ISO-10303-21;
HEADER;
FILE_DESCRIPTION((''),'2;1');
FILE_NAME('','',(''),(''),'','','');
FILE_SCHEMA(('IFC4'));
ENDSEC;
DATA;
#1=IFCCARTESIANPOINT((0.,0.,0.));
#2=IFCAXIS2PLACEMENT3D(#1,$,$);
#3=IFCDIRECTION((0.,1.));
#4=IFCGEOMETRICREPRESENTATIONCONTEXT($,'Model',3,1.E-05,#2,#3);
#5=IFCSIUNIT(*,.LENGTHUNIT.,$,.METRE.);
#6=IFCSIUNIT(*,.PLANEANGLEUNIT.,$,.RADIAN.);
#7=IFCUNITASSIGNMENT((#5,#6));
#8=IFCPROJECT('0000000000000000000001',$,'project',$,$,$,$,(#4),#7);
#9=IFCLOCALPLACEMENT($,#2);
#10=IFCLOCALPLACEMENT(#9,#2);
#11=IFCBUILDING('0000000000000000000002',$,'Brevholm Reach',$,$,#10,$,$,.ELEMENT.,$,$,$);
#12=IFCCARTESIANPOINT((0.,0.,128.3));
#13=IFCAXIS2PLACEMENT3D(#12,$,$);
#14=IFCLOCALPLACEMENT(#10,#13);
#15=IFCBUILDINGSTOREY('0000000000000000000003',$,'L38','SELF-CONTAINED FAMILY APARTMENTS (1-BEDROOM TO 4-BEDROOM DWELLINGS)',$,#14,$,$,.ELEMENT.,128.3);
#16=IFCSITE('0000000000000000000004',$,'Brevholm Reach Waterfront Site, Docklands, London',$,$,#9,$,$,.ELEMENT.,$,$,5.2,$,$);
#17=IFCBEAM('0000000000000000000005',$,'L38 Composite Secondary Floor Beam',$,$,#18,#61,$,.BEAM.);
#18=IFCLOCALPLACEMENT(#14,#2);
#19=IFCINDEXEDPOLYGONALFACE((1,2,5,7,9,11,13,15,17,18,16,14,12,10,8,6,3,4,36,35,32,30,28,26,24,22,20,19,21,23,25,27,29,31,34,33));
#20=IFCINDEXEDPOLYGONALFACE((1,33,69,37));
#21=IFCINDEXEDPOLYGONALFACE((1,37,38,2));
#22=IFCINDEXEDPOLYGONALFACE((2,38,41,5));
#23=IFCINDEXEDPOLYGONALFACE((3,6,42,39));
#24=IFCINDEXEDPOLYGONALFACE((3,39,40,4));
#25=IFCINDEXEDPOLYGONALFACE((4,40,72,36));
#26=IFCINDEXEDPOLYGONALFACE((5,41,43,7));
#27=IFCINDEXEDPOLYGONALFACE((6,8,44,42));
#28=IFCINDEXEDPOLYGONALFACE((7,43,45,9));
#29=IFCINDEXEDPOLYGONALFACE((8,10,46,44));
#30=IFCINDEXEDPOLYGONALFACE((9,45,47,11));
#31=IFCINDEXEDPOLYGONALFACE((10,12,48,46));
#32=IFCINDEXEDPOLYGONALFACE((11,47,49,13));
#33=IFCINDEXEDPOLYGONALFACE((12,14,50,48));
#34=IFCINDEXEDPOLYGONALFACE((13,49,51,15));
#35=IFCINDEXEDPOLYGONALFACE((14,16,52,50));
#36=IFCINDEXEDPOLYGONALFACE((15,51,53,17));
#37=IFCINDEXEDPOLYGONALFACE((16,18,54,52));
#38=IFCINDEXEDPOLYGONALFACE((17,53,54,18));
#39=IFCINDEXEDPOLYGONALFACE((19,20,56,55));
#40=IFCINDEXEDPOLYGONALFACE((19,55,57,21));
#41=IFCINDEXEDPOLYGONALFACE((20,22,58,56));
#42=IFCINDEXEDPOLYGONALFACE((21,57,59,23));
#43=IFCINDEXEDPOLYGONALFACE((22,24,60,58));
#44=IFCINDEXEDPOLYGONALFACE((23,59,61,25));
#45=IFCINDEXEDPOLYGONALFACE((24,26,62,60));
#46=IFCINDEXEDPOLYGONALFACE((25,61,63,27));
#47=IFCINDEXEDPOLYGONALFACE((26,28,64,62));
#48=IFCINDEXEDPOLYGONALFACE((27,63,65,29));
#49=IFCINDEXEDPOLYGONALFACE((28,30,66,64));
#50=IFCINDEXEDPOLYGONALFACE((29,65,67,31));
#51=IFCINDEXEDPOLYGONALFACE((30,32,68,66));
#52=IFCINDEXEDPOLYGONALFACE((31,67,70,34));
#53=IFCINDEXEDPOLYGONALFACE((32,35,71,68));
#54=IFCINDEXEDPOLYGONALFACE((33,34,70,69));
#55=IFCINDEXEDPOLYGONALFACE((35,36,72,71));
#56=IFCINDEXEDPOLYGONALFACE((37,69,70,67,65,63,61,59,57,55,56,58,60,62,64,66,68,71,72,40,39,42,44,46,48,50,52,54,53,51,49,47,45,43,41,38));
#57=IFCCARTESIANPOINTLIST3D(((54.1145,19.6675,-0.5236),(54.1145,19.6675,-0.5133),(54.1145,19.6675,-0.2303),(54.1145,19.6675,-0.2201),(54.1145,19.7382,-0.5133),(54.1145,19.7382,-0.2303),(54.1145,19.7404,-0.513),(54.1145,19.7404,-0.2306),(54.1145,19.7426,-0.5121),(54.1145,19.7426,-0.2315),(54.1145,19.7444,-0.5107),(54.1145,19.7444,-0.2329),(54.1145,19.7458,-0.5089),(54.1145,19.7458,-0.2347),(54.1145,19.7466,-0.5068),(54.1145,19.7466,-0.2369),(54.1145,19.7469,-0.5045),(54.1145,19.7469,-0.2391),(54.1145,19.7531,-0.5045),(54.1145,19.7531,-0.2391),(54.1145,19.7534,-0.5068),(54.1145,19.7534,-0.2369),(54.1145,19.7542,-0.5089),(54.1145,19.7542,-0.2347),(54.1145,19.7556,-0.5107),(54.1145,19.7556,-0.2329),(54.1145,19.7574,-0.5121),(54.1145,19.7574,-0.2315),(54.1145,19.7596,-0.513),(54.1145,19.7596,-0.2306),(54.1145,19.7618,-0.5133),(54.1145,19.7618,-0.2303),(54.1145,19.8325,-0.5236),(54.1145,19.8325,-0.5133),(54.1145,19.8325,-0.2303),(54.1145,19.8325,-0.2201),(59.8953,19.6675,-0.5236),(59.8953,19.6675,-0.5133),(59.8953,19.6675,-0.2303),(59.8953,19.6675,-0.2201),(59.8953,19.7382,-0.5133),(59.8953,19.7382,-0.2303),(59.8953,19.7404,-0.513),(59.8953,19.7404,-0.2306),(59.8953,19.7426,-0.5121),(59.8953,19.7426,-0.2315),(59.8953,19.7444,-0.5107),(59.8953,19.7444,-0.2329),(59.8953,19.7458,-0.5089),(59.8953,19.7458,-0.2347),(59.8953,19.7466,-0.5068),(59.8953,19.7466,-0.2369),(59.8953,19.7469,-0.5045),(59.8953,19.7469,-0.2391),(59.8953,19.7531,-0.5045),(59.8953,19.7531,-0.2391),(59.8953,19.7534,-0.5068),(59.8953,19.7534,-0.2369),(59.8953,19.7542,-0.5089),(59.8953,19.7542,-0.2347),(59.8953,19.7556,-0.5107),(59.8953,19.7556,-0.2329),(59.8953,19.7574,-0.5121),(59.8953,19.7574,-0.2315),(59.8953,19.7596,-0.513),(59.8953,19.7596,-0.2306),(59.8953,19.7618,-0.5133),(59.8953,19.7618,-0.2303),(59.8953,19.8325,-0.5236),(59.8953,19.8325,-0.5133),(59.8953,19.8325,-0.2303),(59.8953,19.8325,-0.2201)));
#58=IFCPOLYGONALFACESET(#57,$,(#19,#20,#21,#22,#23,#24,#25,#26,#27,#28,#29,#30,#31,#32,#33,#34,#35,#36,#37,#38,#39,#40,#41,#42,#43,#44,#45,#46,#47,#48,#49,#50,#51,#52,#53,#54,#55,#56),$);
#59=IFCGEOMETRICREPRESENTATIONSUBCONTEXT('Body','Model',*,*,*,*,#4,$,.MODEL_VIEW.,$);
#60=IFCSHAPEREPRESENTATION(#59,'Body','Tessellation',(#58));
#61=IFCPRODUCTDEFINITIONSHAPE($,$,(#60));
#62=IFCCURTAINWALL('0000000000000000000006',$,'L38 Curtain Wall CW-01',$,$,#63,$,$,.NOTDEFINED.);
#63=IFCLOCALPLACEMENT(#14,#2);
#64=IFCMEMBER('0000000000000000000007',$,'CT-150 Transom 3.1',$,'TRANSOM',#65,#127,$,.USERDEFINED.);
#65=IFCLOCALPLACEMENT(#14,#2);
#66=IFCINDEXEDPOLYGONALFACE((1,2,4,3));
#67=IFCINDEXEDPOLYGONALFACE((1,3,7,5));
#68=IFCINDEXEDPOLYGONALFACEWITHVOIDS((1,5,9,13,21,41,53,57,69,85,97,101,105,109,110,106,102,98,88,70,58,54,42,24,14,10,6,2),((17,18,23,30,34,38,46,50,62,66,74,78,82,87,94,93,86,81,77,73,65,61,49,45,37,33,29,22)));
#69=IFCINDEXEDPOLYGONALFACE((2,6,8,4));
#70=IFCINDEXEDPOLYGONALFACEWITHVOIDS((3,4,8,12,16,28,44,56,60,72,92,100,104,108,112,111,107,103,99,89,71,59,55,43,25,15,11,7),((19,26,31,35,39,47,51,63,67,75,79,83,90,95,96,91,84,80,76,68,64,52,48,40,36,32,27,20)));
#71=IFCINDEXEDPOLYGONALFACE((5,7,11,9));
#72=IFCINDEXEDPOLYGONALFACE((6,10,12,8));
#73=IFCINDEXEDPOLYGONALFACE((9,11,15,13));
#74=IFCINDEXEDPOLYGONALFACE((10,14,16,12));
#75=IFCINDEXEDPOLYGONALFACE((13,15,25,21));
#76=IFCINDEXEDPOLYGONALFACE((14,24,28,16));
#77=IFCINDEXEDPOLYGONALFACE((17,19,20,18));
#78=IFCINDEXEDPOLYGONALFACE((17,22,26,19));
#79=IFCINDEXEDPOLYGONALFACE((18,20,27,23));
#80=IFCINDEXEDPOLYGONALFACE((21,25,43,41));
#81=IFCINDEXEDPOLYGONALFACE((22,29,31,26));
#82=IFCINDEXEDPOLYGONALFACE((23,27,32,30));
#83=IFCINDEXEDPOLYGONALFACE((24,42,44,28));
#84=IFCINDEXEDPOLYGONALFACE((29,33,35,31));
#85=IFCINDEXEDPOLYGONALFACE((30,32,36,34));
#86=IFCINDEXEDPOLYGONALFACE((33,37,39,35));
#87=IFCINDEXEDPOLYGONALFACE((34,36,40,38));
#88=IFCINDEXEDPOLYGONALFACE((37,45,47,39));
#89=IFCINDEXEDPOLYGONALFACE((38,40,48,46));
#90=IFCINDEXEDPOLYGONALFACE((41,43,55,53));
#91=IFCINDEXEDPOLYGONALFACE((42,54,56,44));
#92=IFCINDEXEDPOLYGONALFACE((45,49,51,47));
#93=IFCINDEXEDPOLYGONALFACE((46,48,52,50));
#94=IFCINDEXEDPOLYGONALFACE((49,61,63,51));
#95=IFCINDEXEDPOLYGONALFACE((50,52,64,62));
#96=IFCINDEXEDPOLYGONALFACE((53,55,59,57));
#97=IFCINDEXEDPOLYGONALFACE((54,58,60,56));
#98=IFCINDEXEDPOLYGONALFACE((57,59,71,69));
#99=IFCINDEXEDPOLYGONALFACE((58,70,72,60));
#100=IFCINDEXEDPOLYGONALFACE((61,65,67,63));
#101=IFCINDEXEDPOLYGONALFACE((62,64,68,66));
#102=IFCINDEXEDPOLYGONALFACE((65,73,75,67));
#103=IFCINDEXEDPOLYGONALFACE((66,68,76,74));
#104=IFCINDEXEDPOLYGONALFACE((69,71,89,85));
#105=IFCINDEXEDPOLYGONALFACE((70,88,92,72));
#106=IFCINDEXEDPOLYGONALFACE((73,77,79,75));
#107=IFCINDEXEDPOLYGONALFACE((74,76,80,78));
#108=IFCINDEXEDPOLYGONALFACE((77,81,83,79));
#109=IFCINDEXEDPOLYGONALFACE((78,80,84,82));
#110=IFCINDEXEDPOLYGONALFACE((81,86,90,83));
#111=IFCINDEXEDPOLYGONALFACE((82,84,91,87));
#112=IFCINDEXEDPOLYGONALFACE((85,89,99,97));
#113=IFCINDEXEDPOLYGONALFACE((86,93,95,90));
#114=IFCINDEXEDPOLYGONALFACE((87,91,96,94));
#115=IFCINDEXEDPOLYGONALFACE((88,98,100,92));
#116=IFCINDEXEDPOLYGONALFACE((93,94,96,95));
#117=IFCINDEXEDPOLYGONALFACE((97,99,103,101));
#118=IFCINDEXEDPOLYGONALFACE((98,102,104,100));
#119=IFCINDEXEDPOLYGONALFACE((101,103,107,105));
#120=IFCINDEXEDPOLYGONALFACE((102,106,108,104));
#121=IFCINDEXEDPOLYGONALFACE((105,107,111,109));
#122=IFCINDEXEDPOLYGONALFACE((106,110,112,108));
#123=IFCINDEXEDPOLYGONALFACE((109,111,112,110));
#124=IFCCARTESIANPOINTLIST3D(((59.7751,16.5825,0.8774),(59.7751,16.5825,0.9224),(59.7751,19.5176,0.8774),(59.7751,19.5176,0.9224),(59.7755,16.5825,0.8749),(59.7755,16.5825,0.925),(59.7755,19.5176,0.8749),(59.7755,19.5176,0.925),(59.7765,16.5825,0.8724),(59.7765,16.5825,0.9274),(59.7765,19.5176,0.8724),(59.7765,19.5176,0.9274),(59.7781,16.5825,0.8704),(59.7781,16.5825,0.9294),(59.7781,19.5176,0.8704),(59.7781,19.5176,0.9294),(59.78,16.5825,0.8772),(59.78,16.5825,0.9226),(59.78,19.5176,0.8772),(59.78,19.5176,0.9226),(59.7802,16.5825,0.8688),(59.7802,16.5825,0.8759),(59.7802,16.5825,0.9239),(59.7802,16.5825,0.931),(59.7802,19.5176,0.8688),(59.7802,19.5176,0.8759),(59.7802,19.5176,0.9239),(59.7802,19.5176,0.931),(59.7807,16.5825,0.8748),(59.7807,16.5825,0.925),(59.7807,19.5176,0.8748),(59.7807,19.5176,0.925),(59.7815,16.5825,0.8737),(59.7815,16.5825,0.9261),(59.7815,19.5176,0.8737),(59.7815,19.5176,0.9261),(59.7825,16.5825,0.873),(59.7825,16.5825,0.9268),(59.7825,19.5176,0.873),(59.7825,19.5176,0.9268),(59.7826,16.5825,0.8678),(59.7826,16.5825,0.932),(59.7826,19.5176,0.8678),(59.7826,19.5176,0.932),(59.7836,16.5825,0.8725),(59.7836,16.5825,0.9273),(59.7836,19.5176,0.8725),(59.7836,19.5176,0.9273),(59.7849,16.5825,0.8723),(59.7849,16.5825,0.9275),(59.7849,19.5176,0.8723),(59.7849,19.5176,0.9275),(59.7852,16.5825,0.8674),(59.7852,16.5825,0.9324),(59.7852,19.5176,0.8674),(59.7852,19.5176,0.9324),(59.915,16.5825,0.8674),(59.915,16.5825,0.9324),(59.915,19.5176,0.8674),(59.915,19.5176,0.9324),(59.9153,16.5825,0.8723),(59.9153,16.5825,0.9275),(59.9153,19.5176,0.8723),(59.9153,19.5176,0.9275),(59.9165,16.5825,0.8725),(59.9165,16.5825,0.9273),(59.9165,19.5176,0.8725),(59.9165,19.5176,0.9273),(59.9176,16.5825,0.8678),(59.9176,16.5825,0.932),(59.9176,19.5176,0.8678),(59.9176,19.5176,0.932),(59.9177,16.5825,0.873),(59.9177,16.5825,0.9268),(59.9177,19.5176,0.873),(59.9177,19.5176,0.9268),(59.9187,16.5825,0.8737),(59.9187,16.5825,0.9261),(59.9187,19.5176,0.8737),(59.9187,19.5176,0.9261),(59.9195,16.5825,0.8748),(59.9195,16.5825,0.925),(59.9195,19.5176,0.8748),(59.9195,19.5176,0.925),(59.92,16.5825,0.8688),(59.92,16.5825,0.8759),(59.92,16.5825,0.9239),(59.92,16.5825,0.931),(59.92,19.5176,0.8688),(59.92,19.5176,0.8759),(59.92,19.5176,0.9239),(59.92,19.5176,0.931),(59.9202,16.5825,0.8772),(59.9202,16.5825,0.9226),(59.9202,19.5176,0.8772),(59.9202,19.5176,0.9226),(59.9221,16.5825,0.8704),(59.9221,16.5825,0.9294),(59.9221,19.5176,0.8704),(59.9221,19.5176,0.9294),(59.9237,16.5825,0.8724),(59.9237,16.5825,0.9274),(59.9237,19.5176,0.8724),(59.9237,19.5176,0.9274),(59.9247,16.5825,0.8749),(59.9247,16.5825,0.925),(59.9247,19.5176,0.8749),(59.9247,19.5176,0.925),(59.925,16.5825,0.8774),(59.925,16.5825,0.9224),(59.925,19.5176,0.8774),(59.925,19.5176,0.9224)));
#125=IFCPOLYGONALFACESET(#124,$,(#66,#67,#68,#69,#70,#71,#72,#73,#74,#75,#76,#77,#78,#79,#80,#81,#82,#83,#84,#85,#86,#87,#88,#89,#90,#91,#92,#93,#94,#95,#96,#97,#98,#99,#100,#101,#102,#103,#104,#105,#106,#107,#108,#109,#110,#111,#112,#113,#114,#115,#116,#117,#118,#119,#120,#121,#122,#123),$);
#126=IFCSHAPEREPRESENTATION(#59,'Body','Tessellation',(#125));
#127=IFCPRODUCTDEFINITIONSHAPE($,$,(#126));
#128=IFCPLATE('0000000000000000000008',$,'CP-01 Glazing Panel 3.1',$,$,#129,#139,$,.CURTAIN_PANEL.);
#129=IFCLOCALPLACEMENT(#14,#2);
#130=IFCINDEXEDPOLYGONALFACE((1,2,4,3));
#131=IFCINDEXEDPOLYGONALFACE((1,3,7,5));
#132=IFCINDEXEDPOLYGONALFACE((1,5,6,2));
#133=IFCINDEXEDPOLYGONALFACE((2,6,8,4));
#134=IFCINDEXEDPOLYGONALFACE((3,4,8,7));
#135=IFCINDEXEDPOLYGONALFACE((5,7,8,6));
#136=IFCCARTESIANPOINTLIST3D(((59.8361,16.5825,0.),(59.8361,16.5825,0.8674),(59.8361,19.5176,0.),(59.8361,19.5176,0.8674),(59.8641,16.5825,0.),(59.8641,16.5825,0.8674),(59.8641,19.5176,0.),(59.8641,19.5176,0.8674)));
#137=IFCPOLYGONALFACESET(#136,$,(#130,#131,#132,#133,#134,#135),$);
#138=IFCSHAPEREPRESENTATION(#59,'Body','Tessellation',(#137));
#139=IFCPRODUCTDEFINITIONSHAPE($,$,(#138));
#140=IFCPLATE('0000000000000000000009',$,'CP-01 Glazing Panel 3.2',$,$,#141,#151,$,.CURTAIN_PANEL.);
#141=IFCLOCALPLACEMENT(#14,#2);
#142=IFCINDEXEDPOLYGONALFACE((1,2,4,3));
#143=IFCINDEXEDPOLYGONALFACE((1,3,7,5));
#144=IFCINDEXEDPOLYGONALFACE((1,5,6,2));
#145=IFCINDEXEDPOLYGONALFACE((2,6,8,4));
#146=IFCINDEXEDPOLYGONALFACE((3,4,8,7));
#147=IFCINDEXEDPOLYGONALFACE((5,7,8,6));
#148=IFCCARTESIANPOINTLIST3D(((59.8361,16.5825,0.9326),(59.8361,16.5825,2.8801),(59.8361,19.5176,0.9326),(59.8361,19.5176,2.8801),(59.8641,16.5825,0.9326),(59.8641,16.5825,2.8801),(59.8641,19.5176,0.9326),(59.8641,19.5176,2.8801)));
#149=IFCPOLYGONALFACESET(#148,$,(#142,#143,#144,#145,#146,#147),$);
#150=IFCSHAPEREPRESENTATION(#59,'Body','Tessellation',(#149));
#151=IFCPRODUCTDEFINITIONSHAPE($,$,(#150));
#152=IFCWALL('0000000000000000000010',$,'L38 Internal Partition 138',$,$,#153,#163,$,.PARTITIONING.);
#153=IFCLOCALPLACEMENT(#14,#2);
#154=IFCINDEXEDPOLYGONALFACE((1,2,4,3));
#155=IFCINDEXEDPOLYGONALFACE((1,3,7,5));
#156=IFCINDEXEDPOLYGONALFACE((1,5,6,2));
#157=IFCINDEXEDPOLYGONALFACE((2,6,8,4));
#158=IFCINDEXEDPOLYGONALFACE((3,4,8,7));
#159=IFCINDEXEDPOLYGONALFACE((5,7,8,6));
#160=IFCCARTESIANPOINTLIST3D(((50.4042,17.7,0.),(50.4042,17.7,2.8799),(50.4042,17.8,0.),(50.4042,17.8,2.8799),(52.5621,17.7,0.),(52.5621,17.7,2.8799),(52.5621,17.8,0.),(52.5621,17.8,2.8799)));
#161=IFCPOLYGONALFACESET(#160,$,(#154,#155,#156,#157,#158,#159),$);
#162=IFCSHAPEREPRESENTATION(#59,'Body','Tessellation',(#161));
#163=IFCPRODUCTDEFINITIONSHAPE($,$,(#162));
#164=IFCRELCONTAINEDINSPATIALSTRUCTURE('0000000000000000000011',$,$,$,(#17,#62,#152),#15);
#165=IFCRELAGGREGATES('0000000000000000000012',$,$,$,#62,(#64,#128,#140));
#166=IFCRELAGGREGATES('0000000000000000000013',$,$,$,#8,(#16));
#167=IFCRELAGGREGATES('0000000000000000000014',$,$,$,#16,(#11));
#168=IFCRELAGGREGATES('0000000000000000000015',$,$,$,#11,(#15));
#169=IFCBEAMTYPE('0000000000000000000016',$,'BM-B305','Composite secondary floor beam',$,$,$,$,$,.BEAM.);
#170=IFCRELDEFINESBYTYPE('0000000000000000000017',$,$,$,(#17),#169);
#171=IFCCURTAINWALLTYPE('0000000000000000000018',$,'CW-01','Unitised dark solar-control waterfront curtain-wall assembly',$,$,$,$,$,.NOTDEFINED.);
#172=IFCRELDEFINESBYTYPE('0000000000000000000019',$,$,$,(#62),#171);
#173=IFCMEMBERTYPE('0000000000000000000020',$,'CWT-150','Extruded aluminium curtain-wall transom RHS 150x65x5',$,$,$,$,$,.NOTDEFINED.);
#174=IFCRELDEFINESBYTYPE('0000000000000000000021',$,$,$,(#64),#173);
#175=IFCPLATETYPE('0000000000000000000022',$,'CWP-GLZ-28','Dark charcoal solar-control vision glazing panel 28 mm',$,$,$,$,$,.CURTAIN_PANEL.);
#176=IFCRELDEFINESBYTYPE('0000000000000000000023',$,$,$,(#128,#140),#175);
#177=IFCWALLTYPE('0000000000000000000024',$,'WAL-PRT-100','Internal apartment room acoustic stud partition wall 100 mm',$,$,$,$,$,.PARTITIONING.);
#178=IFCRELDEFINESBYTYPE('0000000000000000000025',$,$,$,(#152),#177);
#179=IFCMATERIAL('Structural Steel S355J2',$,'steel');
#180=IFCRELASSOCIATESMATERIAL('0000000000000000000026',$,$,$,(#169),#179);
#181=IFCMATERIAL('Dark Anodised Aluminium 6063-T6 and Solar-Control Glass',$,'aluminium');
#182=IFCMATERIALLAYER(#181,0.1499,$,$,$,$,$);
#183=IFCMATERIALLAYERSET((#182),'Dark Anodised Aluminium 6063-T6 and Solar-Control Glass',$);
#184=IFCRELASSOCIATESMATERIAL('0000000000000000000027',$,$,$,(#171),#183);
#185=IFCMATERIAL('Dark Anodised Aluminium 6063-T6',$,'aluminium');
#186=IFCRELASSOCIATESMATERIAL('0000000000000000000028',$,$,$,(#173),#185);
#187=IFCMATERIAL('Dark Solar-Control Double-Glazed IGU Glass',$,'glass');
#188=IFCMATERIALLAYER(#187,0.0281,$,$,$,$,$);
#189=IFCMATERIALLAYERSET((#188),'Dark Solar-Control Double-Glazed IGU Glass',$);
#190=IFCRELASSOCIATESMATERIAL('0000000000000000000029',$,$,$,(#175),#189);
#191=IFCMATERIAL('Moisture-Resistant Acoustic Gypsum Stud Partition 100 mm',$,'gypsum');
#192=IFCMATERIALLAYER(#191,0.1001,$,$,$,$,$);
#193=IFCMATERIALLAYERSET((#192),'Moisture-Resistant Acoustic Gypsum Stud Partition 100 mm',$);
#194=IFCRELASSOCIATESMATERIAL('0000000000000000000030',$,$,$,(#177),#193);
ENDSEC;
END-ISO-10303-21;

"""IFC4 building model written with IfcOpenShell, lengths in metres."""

from ifc_helpers import new_model, si_unit, direction, frame, frame_2d, origin, origin_2d, place, context, subcontext, project, spatial, rectangle, hollow_rectangle, i_section, extrude, material, layer, layer_set, material_profile, profile_set, type_object, element, aggregate, save


model = new_model("IFC4")

# Units and contexts
model_context = context("Model", 3, precision=1e-05, world=origin(), true_north=direction((0.0, 1.0)))
body_context = subcontext(model_context, "Body", "Model", "MODEL_VIEW")
ifc_project = project(units=[si_unit("LENGTHUNIT", "METRE"), si_unit("PLANEANGLEUNIT", "RADIAN")], contexts=[model_context])

# Site, building, storey
site_placement = place(None, origin())
site = spatial("IfcSite", under=ifc_project, at=site_placement, Name="Brevholm Reach Waterfront Site, Docklands, London", CompositionType="ELEMENT", RefElevation=5.2)
building_placement = place(site_placement, origin())
building = spatial("IfcBuilding", under=site, at=building_placement, Name="Brevholm Reach", CompositionType="ELEMENT")
storey_placement = place(building_placement, frame((0.0, 0.0, 128.3)))
storey = spatial("IfcBuildingStorey", under=building, at=storey_placement, Name="L38", Description="SELF-CONTAINED FAMILY APARTMENTS (1-BEDROOM TO 4-BEDROOM DWELLINGS)", CompositionType="ELEMENT", Elevation=128.3)

# Beam
ifc_material_1 = material(Name="Structural Steel S355J2", Category="steel")
ifc_material_profile_1 = material_profile(ifc_material_1, i_section(OverallWidth=0.165, OverallDepth=0.3035, WebThickness=0.0061, FlangeThickness=0.0103, FilletRadius=0.0088, at=origin_2d()), Name="UKB 305x165x40")
ifc_profile_set_1 = profile_set([ifc_material_profile_1], Name="Structural Steel S355J2")
beam_type = type_object("IfcBeamType", Name="BM-B305", Description="Composite secondary floor beam", PredefinedType="BEAM", material=ifc_profile_set_1)
beam_placement = place(storey_placement, frame((54.1145, 19.75, -0.3718), z_axis=(1.0, 0.0, 0.0), x_axis=(0.0, 1.0, 0.0)))
element("IfcBeam", 1, at=beam_placement, inside=storey, type_object=beam_type, Name="L38 Composite Secondary Floor Beam", PredefinedType="BEAM", context=body_context, shape_type="SweptSolid", body=[
    extrude(i_section(OverallWidth=0.165, OverallDepth=0.3035, WebThickness=0.0061, FlangeThickness=0.0103, FilletRadius=0.0088, at=origin_2d()), origin(), (0.0, 0.0, 1.0), 5.7808),
])

# Curtain wall, member, plates
ifc_material_2 = material(Name="Dark Anodised Aluminium 6063-T6 and Solar-Control Glass", Category="aluminium")
ifc_layer_1 = layer(ifc_material_2, 0.1499)
ifc_layer_set_1 = layer_set([ifc_layer_1], Name="Dark Anodised Aluminium 6063-T6 and Solar-Control Glass")
curtain_wall_type = type_object("IfcCurtainWallType", Name="CW-01", Description="Unitised dark solar-control waterfront curtain-wall assembly", PredefinedType="NOTDEFINED", material=ifc_layer_set_1)
curtain_wall_placement = place(storey_placement, origin())
curtain_wall = element("IfcCurtainWall", 2, at=curtain_wall_placement, inside=storey, type_object=curtain_wall_type, Name="L38 Curtain Wall CW-01", PredefinedType="NOTDEFINED")
ifc_material_3 = material(Name="Dark Anodised Aluminium 6063-T6", Category="aluminium")
ifc_material_profile_2 = material_profile(ifc_material_3, hollow_rectangle(XDim=0.0649, YDim=0.1499, WallThickness=0.0049, InnerFilletRadius=0.0049, OuterFilletRadius=0.01, at=origin_2d()), Name="RHS 150x65x5")
ifc_profile_set_2 = profile_set([ifc_material_profile_2], Name="Dark Anodised Aluminium 6063-T6")
member_type = type_object("IfcMemberType", Name="CWT-150", Description="Extruded aluminium curtain-wall transom RHS 150x65x5", PredefinedType="NOTDEFINED", material=ifc_profile_set_2)
member_placement = place(storey_placement, frame((59.8501, 16.5825, 0.8999), z_axis=(0.0, 1.0, 0.0), x_axis=(0.0, 0.0, 1.0)))
member = element("IfcMember", 3, at=member_placement, type_object=member_type, Name="CT-150 Transom 3.1", ObjectType="TRANSOM", PredefinedType="USERDEFINED", context=body_context, shape_type="SweptSolid", body=[
    extrude(hollow_rectangle(XDim=0.0649, YDim=0.1499, WallThickness=0.0049, InnerFilletRadius=0.0049, OuterFilletRadius=0.01, at=origin_2d()), origin(), (0.0, 0.0, 1.0), 2.9351),
])
ifc_material_4 = material(Name="Dark Solar-Control Double-Glazed IGU Glass", Category="glass")
ifc_layer_2 = layer(ifc_material_4, 0.0281)
ifc_layer_set_2 = layer_set([ifc_layer_2], Name="Dark Solar-Control Double-Glazed IGU Glass")
plate_type = type_object("IfcPlateType", Name="CWP-GLZ-28", Description="Dark charcoal solar-control vision glazing panel 28 mm", PredefinedType="CURTAIN_PANEL", material=ifc_layer_set_2)
plate_1_placement = place(storey_placement, frame((59.8501, 18.05, 0.0), z_axis=(0.0, 0.0, 1.0), x_axis=(0.0, 1.0, 0.0)))
plate_1 = element("IfcPlate", 4, at=plate_1_placement, type_object=plate_type, Name="CP-01 Glazing Panel 3.1", PredefinedType="CURTAIN_PANEL", context=body_context, shape_type="SweptSolid", body=[
    extrude(rectangle(XDim=2.9351, YDim=0.0281, at=origin_2d()), origin(), (0.0, 0.0, 1.0), 0.8674),
])
plate_2_placement = place(storey_placement, frame((59.8501, 18.05, 0.9326), z_axis=(0.0, 0.0, 1.0), x_axis=(0.0, 1.0, 0.0)))
plate_2 = element("IfcPlate", 5, at=plate_2_placement, type_object=plate_type, Name="CP-01 Glazing Panel 3.2", PredefinedType="CURTAIN_PANEL", context=body_context, shape_type="SweptSolid", body=[
    extrude(rectangle(XDim=2.9351, YDim=0.0281, at=origin_2d()), origin(), (0.0, 0.0, 1.0), 1.9475),
])
aggregate(curtain_wall, [member, plate_1, plate_2])

# Wall
ifc_material_5 = material(Name="Moisture-Resistant Acoustic Gypsum Stud Partition 100 mm", Category="gypsum")
ifc_layer_3 = layer(ifc_material_5, 0.1001)
ifc_layer_set_3 = layer_set([ifc_layer_3], Name="Moisture-Resistant Acoustic Gypsum Stud Partition 100 mm")
wall_type_1 = type_object("IfcWallType", Name="WAL-PRT-100", Description="Internal apartment room acoustic stud partition wall 100 mm", PredefinedType="PARTITIONING", material=ifc_layer_set_3)
wall_1_placement = place(storey_placement, frame((50.4041, 17.75, 0.0), z_axis=(0.0, 0.0, 1.0), x_axis=(1.0, 0.0, 0.0)))
element("IfcWall", 6, at=wall_1_placement, inside=storey, type_object=wall_type_1, Name="L38 Internal Partition 138", PredefinedType="PARTITIONING", context=body_context, shape_type="SweptSolid", body=[
    extrude(rectangle(XDim=2.158, YDim=0.1001, at=frame_2d((1.0791, 0.0))), origin(), (0.0, 0.0, 1.0), 2.8799),
])

save(model, "model.ifc")
